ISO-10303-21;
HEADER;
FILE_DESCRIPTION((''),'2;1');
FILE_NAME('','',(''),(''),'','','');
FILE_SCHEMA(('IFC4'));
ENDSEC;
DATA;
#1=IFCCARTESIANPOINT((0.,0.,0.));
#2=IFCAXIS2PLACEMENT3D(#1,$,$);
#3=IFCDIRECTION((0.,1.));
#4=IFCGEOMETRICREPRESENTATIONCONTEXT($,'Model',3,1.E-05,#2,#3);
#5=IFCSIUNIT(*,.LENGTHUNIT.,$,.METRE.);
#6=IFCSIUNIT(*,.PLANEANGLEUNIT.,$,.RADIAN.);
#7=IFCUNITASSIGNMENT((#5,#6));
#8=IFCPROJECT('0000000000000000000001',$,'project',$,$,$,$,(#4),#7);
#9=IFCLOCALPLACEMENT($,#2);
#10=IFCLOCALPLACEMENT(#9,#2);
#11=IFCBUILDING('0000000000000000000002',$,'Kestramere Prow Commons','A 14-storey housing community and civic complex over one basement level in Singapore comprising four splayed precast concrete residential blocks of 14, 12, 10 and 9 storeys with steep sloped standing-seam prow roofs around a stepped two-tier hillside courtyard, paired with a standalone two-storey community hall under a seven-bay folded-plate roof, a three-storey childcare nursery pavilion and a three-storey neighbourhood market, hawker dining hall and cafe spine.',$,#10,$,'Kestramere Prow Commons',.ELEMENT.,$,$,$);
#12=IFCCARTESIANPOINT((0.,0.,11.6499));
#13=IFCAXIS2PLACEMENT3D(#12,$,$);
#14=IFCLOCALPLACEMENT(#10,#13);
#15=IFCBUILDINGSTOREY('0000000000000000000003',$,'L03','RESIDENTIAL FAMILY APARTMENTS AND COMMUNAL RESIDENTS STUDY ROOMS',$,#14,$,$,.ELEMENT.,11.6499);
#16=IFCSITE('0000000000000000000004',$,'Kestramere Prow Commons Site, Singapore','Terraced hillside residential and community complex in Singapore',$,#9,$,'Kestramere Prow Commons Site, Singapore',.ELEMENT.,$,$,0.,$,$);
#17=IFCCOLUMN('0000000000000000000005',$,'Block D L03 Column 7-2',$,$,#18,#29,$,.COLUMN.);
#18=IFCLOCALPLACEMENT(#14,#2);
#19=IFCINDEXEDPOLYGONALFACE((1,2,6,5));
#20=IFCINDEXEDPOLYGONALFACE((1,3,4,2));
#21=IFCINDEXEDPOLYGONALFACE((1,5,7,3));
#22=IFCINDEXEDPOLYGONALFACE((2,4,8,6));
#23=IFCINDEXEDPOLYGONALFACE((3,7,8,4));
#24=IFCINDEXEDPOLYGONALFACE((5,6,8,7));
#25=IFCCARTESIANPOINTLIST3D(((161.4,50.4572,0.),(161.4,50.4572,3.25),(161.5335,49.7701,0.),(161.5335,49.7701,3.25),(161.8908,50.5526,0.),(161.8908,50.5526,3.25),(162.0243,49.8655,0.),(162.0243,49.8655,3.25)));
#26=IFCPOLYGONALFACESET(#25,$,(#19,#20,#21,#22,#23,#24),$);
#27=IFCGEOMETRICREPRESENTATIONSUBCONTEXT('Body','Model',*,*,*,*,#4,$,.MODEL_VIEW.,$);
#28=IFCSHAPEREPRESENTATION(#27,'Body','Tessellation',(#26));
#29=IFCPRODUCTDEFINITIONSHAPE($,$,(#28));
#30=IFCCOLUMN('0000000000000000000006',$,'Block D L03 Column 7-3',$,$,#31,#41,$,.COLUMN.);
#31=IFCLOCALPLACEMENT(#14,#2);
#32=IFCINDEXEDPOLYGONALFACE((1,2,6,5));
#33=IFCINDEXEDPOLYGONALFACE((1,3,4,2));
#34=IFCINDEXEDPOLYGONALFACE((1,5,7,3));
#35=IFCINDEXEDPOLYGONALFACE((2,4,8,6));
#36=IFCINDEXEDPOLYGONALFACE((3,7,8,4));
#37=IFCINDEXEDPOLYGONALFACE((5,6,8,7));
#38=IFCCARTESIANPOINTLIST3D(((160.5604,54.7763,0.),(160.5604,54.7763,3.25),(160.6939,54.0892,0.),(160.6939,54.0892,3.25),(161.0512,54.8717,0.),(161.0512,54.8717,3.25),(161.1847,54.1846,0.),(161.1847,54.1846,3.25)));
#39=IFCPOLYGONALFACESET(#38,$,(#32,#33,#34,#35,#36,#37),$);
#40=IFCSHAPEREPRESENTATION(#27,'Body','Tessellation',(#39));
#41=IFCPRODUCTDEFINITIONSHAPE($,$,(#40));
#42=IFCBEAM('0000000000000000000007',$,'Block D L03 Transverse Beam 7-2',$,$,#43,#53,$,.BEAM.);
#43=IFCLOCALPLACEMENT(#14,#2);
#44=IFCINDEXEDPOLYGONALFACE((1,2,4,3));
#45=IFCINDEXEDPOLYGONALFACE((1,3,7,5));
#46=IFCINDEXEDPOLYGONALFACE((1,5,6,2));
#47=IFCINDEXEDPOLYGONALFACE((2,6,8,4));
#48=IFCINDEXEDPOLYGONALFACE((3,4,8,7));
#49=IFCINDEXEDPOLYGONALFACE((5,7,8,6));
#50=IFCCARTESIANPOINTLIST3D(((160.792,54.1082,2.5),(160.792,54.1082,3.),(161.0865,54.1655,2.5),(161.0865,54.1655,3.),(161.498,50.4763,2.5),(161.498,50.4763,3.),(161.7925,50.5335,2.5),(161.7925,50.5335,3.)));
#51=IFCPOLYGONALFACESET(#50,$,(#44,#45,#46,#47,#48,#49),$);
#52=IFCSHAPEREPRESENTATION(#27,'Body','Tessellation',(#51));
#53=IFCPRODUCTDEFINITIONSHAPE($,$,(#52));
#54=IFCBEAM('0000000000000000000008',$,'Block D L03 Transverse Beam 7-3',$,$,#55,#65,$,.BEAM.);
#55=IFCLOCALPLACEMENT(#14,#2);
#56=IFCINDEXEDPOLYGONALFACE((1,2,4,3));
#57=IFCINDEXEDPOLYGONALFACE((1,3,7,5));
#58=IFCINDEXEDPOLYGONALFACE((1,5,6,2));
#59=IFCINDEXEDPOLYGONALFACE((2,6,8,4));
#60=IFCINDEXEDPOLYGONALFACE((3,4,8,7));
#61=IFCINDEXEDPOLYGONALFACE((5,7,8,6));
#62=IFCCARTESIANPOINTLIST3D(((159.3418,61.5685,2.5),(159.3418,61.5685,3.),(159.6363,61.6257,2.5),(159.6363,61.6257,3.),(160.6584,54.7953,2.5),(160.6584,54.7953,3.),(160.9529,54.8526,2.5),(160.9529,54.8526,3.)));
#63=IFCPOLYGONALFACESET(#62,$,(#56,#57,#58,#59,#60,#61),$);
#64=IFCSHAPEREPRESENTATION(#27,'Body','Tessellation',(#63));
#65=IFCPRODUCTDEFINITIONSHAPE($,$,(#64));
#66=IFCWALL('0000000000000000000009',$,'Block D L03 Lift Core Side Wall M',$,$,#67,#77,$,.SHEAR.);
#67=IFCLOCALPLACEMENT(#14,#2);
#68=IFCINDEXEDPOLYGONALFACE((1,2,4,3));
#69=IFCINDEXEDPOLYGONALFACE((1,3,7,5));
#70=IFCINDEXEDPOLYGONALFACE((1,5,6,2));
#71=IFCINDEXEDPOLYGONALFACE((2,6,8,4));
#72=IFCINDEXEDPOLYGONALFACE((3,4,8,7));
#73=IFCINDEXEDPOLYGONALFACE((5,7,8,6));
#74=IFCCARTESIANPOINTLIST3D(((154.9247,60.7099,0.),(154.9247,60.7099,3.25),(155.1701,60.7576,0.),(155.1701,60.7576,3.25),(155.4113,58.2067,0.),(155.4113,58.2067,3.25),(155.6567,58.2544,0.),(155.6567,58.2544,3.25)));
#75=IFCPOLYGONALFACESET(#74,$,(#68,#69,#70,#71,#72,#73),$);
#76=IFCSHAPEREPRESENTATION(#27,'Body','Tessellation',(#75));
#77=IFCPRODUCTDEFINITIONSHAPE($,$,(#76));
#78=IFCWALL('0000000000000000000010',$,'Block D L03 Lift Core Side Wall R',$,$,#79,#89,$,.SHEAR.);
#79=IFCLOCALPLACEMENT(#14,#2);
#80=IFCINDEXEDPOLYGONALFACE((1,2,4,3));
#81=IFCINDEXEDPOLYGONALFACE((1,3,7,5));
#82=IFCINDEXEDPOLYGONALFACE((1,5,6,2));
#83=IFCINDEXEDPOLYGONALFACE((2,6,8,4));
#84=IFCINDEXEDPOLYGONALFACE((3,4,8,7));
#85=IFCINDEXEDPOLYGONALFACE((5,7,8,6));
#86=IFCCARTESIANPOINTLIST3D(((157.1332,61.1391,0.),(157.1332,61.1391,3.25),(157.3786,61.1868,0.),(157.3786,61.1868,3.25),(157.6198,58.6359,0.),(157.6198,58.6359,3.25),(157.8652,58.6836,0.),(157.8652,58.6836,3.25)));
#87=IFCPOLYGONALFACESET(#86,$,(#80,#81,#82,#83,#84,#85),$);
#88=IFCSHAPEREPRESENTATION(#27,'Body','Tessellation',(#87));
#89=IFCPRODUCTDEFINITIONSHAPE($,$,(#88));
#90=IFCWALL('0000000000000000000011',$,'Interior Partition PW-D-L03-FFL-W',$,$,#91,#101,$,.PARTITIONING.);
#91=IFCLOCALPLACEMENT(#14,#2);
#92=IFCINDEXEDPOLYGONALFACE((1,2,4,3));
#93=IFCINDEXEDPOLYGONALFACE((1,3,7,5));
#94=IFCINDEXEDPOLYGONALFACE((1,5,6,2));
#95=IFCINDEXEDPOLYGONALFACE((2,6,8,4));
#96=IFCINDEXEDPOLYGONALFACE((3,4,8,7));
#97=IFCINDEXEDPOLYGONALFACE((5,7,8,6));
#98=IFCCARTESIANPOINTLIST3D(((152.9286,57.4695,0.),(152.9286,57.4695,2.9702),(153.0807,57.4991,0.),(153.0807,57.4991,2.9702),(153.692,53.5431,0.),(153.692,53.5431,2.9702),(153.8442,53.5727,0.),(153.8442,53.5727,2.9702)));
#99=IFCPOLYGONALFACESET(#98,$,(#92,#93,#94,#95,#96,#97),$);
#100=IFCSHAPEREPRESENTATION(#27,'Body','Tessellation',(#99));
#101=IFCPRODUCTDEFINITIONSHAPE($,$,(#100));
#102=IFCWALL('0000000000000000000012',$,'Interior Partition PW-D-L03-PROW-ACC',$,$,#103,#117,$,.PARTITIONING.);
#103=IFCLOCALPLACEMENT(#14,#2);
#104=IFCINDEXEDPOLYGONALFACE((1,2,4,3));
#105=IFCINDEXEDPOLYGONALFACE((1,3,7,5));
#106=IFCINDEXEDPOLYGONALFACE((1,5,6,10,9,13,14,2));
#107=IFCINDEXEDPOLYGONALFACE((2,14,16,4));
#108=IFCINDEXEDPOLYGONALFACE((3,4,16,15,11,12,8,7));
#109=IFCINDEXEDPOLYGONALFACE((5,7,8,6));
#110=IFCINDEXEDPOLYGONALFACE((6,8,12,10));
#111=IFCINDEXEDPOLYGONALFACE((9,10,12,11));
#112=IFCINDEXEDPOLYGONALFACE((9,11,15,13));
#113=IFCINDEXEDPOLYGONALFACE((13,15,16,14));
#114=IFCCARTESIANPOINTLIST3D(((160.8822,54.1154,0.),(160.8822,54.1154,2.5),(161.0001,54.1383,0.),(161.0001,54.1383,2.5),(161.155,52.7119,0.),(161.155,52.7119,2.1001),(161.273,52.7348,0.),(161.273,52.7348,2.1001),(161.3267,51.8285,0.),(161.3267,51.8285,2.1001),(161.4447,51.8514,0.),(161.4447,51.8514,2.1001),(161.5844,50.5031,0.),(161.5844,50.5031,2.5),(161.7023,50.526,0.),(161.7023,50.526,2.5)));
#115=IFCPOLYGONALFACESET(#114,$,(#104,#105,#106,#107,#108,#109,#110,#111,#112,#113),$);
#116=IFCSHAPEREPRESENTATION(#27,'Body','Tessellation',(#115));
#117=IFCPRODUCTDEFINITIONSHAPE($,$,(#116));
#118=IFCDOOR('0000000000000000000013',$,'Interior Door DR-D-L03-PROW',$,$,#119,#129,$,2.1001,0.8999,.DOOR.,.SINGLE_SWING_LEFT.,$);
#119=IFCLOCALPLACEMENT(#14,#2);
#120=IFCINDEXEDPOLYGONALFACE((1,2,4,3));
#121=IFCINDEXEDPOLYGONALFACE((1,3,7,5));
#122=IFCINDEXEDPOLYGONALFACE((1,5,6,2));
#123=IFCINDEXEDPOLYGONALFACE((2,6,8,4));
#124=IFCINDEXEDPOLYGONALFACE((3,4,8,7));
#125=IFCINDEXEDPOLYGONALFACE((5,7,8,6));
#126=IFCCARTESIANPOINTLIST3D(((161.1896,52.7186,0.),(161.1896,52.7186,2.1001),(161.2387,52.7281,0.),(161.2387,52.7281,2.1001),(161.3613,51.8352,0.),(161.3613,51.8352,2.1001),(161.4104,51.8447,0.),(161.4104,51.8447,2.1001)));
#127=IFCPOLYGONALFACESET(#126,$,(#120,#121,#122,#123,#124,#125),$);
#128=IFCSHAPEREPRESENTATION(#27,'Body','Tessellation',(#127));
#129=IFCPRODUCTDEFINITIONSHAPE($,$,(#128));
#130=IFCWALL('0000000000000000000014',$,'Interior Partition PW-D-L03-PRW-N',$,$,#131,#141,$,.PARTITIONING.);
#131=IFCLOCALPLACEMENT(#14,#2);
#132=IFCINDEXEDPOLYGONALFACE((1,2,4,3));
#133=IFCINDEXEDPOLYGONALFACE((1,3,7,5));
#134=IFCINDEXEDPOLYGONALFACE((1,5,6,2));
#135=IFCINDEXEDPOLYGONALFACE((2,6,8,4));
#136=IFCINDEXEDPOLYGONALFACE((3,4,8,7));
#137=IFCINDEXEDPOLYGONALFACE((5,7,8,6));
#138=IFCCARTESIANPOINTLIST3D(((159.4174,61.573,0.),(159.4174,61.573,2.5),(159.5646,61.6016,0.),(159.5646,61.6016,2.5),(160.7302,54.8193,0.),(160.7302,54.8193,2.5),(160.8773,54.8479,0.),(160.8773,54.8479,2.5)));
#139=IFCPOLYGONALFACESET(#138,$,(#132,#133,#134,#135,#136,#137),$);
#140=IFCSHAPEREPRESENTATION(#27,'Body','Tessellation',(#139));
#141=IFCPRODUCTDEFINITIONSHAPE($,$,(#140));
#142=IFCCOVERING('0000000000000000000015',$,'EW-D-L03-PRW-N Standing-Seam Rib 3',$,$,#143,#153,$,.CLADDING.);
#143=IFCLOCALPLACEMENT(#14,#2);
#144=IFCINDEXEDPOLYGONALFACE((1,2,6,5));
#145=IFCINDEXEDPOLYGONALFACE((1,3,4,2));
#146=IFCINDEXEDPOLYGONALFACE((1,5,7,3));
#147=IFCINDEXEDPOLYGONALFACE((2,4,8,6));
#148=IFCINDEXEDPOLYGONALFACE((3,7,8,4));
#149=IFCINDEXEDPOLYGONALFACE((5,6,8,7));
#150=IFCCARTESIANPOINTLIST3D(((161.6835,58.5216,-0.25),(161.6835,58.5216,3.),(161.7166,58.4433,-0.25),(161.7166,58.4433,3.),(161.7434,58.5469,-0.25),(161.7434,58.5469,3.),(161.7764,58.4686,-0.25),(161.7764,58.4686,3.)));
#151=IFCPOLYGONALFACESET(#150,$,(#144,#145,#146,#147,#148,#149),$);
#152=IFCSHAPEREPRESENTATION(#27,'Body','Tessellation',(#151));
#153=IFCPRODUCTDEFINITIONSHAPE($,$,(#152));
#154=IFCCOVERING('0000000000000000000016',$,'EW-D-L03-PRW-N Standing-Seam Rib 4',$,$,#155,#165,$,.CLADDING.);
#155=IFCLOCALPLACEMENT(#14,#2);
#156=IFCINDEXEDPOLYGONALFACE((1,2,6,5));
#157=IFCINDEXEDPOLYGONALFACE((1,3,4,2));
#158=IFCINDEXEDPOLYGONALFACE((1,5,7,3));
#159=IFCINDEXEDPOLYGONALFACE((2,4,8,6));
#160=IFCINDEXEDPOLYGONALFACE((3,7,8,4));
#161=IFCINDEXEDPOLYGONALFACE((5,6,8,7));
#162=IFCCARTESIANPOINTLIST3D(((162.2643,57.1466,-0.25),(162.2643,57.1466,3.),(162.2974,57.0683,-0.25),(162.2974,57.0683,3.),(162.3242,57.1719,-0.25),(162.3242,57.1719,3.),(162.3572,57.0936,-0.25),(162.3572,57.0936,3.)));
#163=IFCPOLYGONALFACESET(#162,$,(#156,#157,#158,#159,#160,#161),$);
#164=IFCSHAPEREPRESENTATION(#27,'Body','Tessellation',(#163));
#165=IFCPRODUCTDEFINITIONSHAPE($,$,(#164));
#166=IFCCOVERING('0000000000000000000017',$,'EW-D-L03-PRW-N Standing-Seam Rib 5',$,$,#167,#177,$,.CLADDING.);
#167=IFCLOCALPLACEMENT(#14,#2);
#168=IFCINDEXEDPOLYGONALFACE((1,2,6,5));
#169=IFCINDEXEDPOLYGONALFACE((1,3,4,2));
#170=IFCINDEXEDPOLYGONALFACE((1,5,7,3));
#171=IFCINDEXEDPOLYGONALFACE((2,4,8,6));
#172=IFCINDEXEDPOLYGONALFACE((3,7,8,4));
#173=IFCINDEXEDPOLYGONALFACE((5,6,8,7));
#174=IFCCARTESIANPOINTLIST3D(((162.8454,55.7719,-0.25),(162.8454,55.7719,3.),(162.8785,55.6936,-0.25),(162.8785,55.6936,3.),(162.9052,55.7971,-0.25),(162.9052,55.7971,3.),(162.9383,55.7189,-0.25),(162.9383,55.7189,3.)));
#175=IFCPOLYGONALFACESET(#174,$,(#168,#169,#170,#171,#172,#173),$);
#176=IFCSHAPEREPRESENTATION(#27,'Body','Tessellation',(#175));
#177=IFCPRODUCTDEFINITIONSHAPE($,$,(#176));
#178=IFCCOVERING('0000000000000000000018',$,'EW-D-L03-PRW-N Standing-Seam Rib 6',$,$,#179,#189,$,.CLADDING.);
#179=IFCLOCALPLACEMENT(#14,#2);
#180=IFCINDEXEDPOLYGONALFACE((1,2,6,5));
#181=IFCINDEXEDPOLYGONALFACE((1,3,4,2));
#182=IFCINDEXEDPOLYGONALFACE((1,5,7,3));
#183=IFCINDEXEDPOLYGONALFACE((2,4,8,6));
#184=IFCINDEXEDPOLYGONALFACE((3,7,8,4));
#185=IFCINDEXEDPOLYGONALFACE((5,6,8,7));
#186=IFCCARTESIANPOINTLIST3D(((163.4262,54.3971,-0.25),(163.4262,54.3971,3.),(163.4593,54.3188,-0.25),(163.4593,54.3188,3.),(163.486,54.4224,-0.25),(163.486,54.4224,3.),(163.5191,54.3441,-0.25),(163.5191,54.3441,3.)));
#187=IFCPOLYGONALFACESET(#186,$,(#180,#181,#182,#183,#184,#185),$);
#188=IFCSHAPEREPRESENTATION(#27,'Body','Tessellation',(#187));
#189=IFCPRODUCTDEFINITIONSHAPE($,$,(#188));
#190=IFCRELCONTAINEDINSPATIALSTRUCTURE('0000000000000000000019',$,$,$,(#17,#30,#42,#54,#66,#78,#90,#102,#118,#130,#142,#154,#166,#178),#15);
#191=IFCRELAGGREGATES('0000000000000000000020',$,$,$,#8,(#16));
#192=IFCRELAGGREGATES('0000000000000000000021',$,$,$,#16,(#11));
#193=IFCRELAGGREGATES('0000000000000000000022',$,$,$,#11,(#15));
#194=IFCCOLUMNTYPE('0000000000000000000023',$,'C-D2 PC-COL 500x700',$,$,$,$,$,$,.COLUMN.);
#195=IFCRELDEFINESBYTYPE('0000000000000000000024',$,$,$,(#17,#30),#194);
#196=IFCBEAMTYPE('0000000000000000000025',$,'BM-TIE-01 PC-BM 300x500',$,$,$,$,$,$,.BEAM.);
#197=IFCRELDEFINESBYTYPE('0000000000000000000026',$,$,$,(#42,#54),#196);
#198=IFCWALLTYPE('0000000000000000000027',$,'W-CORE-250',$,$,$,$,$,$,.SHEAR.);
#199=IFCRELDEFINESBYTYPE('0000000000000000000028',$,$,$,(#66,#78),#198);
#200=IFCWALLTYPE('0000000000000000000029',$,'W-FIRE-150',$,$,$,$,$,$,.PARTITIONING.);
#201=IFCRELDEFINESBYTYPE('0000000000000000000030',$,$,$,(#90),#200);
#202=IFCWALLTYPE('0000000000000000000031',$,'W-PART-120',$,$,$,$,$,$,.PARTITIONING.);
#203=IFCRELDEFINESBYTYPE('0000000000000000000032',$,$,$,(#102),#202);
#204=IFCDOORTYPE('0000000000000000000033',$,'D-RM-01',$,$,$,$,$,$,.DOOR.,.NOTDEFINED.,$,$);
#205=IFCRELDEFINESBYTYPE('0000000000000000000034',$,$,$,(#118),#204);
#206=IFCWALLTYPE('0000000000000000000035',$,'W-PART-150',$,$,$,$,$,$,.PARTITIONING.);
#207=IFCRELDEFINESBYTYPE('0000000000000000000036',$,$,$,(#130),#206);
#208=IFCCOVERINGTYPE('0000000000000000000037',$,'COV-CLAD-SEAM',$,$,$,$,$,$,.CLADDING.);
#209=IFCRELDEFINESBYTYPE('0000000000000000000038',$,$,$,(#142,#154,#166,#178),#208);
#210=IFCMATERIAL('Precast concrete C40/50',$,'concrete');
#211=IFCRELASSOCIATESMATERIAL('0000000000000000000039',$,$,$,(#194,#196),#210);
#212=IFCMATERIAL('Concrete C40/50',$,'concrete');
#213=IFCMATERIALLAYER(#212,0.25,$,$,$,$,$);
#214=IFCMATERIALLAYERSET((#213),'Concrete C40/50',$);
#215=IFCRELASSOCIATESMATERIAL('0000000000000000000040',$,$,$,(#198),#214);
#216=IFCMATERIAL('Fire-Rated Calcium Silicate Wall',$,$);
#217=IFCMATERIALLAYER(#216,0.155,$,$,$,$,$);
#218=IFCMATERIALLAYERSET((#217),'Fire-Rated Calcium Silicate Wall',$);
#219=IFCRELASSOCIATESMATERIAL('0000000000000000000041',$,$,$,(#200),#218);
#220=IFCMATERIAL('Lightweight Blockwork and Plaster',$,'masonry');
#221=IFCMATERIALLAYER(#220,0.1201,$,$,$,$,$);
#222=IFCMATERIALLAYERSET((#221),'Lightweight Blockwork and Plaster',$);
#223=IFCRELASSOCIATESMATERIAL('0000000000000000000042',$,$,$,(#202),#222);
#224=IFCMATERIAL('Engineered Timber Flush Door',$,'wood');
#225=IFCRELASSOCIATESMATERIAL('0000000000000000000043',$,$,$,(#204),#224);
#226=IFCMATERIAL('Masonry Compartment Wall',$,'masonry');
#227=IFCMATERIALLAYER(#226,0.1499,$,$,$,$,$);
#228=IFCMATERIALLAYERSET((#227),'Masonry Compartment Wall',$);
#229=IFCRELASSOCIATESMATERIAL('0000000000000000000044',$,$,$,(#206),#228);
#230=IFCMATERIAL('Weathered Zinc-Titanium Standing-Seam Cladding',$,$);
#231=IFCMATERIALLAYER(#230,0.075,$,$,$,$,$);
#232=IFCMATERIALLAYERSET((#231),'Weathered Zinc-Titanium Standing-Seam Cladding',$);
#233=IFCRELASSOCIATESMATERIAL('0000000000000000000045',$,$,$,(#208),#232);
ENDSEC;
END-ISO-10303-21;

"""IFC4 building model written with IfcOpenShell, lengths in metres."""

from ifc_helpers import new_model, si_unit, direction, frame, frame_2d, origin, origin_2d, place, context, subcontext, project, spatial, rectangle, extrude, material, layer, layer_set, material_profile, profile_set, type_object, element, fill, save


model = new_model("IFC4")

# Units and contexts
model_context = context("Model", 3, precision=1e-05, world=origin(), true_north=direction((0.0, 1.0)))
body_context = subcontext(model_context, "Body", "Model", "MODEL_VIEW")
ifc_project = project(units=[si_unit("LENGTHUNIT", "METRE"), si_unit("PLANEANGLEUNIT", "RADIAN")], contexts=[model_context])

# Site, building, storey
site_placement = place(None, origin())
site = spatial("IfcSite", under=ifc_project, at=site_placement, Name="Kestramere Prow Commons Site, Singapore", Description="Terraced hillside residential and community complex in Singapore", LongName="Kestramere Prow Commons Site, Singapore", CompositionType="ELEMENT", RefElevation=0.0)
building_placement = place(site_placement, origin())
building = spatial("IfcBuilding", under=site, at=building_placement, Name="Kestramere Prow Commons", Description="A 14-storey housing community and civic complex over one basement level in Singapore comprising four splayed precast concrete residential blocks of 14, 12, 10 and 9 storeys with steep sloped standing-seam prow roofs around a stepped two-tier hillside courtyard, paired with a standalone two-storey community hall under a seven-bay folded-plate roof, a three-storey childcare nursery pavilion and a three-storey neighbourhood market, hawker dining hall and cafe spine.", LongName="Kestramere Prow Commons", CompositionType="ELEMENT")
storey_placement = place(building_placement, frame((0.0, 0.0, 11.6499)))
storey = spatial("IfcBuildingStorey", under=building, at=storey_placement, Name="L03", Description="RESIDENTIAL FAMILY APARTMENTS AND COMMUNAL RESIDENTS STUDY ROOMS", CompositionType="ELEMENT", Elevation=11.6499)

# Columns
ifc_material_1 = material(Name="Precast concrete C40/50", Category="concrete")
ifc_material_profile_1 = material_profile(ifc_material_1, rectangle(XDim=0.5, YDim=0.7, at=origin_2d()), Name="PC-COL 500x700")
ifc_profile_set_1 = profile_set([ifc_material_profile_1], Name="Precast concrete C40/50")
column_type = type_object("IfcColumnType", Name="C-D2 PC-COL 500x700", PredefinedType="COLUMN", material=ifc_profile_set_1)
for number, where, z_axis, x_axis, name in (
    (1, (161.7122, 50.1614, 0.0), (0.0, 0.0, 1.0), (0.981627, 0.190809, 0.0), "Block D L03 Column 7-2"),
    (2, (160.8726, 54.4805, 0.0), (0.0, 0.0, 1.0), (0.981627, 0.190809, 0.0), "Block D L03 Column 7-3"),
):
    element("IfcColumn", number, at=place(storey_placement, frame(where, z_axis=z_axis, x_axis=x_axis)), inside=storey, type_object=column_type, Name=name, PredefinedType="COLUMN", context=body_context, shape_type="SweptSolid", body=[
        extrude(rectangle(XDim=0.5, YDim=0.7, at=origin_2d()), origin(), (0.0, 0.0, 1.0), 3.25),
    ])

# Beams
ifc_material_profile_2 = material_profile(ifc_material_1, rectangle(XDim=0.3, YDim=0.5, at=origin_2d()), Name="PC-BM 300x500")
ifc_profile_set_2 = profile_set([ifc_material_profile_2], Name="Precast concrete C40/50")
beam_type = type_object("IfcBeamType", Name="BM-TIE-01 PC-BM 300x500", PredefinedType="BEAM", material=ifc_profile_set_2)
beam_1_placement = place(storey_placement, frame((161.6453, 50.5049, 2.75), z_axis=(-0.190822, 0.981625, 0.0), x_axis=(-0.981625, -0.190822, 0.0)))
element("IfcBeam", 3, at=beam_1_placement, inside=storey, type_object=beam_type, Name="Block D L03 Transverse Beam 7-2", PredefinedType="BEAM", context=body_context, shape_type="SweptSolid", body=[
    extrude(rectangle(XDim=0.3, YDim=0.5, at=origin_2d()), origin(), (0.0, 0.0, 1.0), 3.7),
])
beam_2_placement = place(storey_placement, frame((160.8057, 54.824, 2.75), z_axis=(-0.190819, 0.981625, 0.0), x_axis=(-0.981625, -0.190819, 0.0)))
element("IfcBeam", 4, at=beam_2_placement, inside=storey, type_object=beam_type, Name="Block D L03 Transverse Beam 7-3", PredefinedType="BEAM", context=body_context, shape_type="SweptSolid", body=[
    extrude(rectangle(XDim=0.3, YDim=0.5, at=origin_2d()), origin(), (0.0, 0.0, 1.0), 6.8999),
])

# Shared definitions
ifc_material_2 = material(Name="Concrete C40/50", Category="concrete")
ifc_layer_1 = layer(ifc_material_2, 0.25)
ifc_layer_set_1 = layer_set([ifc_layer_1], Name="Concrete C40/50")
wall_type_1 = type_object("IfcWallType", Name="W-CORE-250", PredefinedType="SHEAR", material=ifc_layer_set_1)

# Walls
for number, where, z_axis, x_axis, name in (
    (5, (155.5339, 58.2307, 0.0), (0.0, 0.0, 1.0), (-0.190811, 0.981627, 0.0), "Block D L03 Lift Core Side Wall M"),
    (6, (157.7424, 58.6599, 0.0), (0.0, 0.0, 1.0), (-0.190811, 0.981627, 0.0), "Block D L03 Lift Core Side Wall R"),
):
    element("IfcWall", number, at=place(storey_placement, frame(where, z_axis=z_axis, x_axis=x_axis)), inside=storey, type_object=wall_type_1, Name=name, PredefinedType="SHEAR", context=body_context, shape_type="SweptSolid", body=[
        extrude(rectangle(XDim=2.55, YDim=0.25, at=frame_2d((1.2749, 0.0))), origin(), (0.0, 0.0, 1.0), 3.25),
    ])

# Shared definitions
ifc_material_3 = material(Name="Fire-Rated Calcium Silicate Wall")
ifc_layer_2 = layer(ifc_material_3, 0.155)
ifc_layer_set_2 = layer_set([ifc_layer_2], Name="Fire-Rated Calcium Silicate Wall")
wall_type_2 = type_object("IfcWallType", Name="W-FIRE-150", PredefinedType="PARTITIONING", material=ifc_layer_set_2)

# Wall
wall_1_placement = place(storey_placement, frame((153.7681, 53.5579, 0.0), z_axis=(0.0, 0.0, 1.0), x_axis=(-0.190855, 0.981618, 0.0)))
element("IfcWall", 7, at=wall_1_placement, inside=storey, type_object=wall_type_2, Name="Interior Partition PW-D-L03-FFL-W", PredefinedType="PARTITIONING", context=body_context, shape_type="SweptSolid", body=[
    extrude(rectangle(XDim=4.0, YDim=0.155, at=frame_2d((2.0, 0.0))), origin(), (0.0, 0.0, 1.0), 2.9702),
])

# Wall, opening, door
ifc_material_4 = material(Name="Lightweight Blockwork and Plaster", Category="masonry")
ifc_layer_3 = layer(ifc_material_4, 0.1201)
ifc_layer_set_3 = layer_set([ifc_layer_3], Name="Lightweight Blockwork and Plaster")
wall_type_3 = type_object("IfcWallType", Name="W-PART-120", PredefinedType="PARTITIONING", material=ifc_layer_set_3)
wall_2_placement = place(storey_placement, frame((161.6433, 50.5146, 0.0), z_axis=(0.0, 0.0, 1.0), x_axis=(-0.190806, 0.981628, 0.0)))
wall_2 = element("IfcWall", 8, at=wall_2_placement, inside=storey, type_object=wall_type_3, Name="Interior Partition PW-D-L03-PROW-ACC", PredefinedType="PARTITIONING", context=body_context, shape_type="SweptSolid", body=[
    extrude(rectangle(XDim=3.6799, YDim=0.1201, at=frame_2d((1.8398, 0.0))), origin(), (0.0, 0.0, 1.0), 2.5),
])
opening_1_placement = place(wall_2_placement, frame((1.3501, 0.0, 0.0)))
opening_1 = element("IfcOpeningElement", 9, at=opening_1_placement, cuts=wall_2, PredefinedType="OPENING", context=body_context, shape_type="SweptSolid", body=[
    extrude(rectangle(XDim=0.8999, YDim=2.1001, at=frame_2d((0.45, 1.05))), frame((0.0, 0.075, 0.0), z_axis=(0.0, -1.0, 0.0), x_axis=(1.0, 0.0, 0.0)), (0.0, 0.0, 1.0), 0.1501),
])
ifc_material_5 = material(Name="Engineered Timber Flush Door", Category="wood")
door_type_1 = type_object("IfcDoorType", Name="D-RM-01", OperationType="NOTDEFINED", PredefinedType="DOOR", material=ifc_material_5)
door_1_placement = place(opening_1_placement, origin())
door_1 = element("IfcDoor", 10, at=door_1_placement, inside=storey, type_object=door_type_1, Name="Interior Door DR-D-L03-PROW", OperationType="SINGLE_SWING_LEFT", OverallHeight=2.1001, OverallWidth=0.8999, PredefinedType="DOOR", context=body_context, shape_type="SweptSolid", body=[
    extrude(rectangle(XDim=0.8999, YDim=2.1001, at=frame_2d((0.45, 1.05))), frame((0.0, 0.0249, 0.0), z_axis=(0.0, -1.0, 0.0), x_axis=(1.0, 0.0, 0.0)), (0.0, 0.0, 1.0), 0.05),
])
fill(opening_1, door_1)

# Wall
ifc_material_6 = material(Name="Masonry Compartment Wall", Category="masonry")
ifc_layer_4 = layer(ifc_material_6, 0.1499)
ifc_layer_set_4 = layer_set([ifc_layer_4], Name="Masonry Compartment Wall")
wall_type_4 = type_object("IfcWallType", Name="W-PART-150", PredefinedType="PARTITIONING", material=ifc_layer_set_4)
wall_3_placement = place(storey_placement, frame((160.8037, 54.8337, 0.0), z_axis=(0.0, 0.0, 1.0), x_axis=(-0.190804, 0.981628, 0.0)))
element("IfcWall", 11, at=wall_3_placement, inside=storey, type_object=wall_type_4, Name="Interior Partition PW-D-L03-PRW-N", PredefinedType="PARTITIONING", context=body_context, shape_type="SweptSolid", body=[
    extrude(rectangle(XDim=6.8801, YDim=0.1499, at=frame_2d((3.4399, 0.0))), origin(), (0.0, 0.0, 1.0), 2.5),
])

# Coverings
ifc_material_7 = material(Name="Weathered Zinc-Titanium Standing-Seam Cladding")
ifc_layer_5 = layer(ifc_material_7, 0.075)
ifc_layer_set_5 = layer_set([ifc_layer_5], Name="Weathered Zinc-Titanium Standing-Seam Cladding")
covering_type = type_object("IfcCoveringType", Name="COV-CLAD-SEAM", PredefinedType="CLADDING", material=ifc_layer_set_5)
for number, where, z_axis, x_axis, name in (
    (12, (161.73, 58.4951, -0.25), (0.0, 0.0, 1.0), (0.38922, -0.921145, 0.0), "EW-D-L03-PRW-N Standing-Seam Rib 3"),
    (13, (162.3108, 57.1201, -0.25), (0.0, 0.0, 1.0), (0.38922, -0.921145, 0.0), "EW-D-L03-PRW-N Standing-Seam Rib 4"),
    (14, (162.8918, 55.7454, -0.25), (0.0, 0.0, 1.0), (0.38922, -0.921145, 0.0), "EW-D-L03-PRW-N Standing-Seam Rib 5"),
    (15, (163.4727, 54.3706, -0.25), (0.0, 0.0, 1.0), (0.38922, -0.921145, 0.0), "EW-D-L03-PRW-N Standing-Seam Rib 6"),
):
    element("IfcCovering", number, at=place(storey_placement, frame(where, z_axis=z_axis, x_axis=x_axis)), inside=storey, type_object=covering_type, Name=name, PredefinedType="CLADDING", context=body_context, shape_type="SweptSolid", body=[
        extrude(rectangle(XDim=0.085, YDim=0.0649, at=origin_2d()), origin(), (0.0, 0.0, 1.0), 3.25),
    ])

save(model, "model.ifc")
